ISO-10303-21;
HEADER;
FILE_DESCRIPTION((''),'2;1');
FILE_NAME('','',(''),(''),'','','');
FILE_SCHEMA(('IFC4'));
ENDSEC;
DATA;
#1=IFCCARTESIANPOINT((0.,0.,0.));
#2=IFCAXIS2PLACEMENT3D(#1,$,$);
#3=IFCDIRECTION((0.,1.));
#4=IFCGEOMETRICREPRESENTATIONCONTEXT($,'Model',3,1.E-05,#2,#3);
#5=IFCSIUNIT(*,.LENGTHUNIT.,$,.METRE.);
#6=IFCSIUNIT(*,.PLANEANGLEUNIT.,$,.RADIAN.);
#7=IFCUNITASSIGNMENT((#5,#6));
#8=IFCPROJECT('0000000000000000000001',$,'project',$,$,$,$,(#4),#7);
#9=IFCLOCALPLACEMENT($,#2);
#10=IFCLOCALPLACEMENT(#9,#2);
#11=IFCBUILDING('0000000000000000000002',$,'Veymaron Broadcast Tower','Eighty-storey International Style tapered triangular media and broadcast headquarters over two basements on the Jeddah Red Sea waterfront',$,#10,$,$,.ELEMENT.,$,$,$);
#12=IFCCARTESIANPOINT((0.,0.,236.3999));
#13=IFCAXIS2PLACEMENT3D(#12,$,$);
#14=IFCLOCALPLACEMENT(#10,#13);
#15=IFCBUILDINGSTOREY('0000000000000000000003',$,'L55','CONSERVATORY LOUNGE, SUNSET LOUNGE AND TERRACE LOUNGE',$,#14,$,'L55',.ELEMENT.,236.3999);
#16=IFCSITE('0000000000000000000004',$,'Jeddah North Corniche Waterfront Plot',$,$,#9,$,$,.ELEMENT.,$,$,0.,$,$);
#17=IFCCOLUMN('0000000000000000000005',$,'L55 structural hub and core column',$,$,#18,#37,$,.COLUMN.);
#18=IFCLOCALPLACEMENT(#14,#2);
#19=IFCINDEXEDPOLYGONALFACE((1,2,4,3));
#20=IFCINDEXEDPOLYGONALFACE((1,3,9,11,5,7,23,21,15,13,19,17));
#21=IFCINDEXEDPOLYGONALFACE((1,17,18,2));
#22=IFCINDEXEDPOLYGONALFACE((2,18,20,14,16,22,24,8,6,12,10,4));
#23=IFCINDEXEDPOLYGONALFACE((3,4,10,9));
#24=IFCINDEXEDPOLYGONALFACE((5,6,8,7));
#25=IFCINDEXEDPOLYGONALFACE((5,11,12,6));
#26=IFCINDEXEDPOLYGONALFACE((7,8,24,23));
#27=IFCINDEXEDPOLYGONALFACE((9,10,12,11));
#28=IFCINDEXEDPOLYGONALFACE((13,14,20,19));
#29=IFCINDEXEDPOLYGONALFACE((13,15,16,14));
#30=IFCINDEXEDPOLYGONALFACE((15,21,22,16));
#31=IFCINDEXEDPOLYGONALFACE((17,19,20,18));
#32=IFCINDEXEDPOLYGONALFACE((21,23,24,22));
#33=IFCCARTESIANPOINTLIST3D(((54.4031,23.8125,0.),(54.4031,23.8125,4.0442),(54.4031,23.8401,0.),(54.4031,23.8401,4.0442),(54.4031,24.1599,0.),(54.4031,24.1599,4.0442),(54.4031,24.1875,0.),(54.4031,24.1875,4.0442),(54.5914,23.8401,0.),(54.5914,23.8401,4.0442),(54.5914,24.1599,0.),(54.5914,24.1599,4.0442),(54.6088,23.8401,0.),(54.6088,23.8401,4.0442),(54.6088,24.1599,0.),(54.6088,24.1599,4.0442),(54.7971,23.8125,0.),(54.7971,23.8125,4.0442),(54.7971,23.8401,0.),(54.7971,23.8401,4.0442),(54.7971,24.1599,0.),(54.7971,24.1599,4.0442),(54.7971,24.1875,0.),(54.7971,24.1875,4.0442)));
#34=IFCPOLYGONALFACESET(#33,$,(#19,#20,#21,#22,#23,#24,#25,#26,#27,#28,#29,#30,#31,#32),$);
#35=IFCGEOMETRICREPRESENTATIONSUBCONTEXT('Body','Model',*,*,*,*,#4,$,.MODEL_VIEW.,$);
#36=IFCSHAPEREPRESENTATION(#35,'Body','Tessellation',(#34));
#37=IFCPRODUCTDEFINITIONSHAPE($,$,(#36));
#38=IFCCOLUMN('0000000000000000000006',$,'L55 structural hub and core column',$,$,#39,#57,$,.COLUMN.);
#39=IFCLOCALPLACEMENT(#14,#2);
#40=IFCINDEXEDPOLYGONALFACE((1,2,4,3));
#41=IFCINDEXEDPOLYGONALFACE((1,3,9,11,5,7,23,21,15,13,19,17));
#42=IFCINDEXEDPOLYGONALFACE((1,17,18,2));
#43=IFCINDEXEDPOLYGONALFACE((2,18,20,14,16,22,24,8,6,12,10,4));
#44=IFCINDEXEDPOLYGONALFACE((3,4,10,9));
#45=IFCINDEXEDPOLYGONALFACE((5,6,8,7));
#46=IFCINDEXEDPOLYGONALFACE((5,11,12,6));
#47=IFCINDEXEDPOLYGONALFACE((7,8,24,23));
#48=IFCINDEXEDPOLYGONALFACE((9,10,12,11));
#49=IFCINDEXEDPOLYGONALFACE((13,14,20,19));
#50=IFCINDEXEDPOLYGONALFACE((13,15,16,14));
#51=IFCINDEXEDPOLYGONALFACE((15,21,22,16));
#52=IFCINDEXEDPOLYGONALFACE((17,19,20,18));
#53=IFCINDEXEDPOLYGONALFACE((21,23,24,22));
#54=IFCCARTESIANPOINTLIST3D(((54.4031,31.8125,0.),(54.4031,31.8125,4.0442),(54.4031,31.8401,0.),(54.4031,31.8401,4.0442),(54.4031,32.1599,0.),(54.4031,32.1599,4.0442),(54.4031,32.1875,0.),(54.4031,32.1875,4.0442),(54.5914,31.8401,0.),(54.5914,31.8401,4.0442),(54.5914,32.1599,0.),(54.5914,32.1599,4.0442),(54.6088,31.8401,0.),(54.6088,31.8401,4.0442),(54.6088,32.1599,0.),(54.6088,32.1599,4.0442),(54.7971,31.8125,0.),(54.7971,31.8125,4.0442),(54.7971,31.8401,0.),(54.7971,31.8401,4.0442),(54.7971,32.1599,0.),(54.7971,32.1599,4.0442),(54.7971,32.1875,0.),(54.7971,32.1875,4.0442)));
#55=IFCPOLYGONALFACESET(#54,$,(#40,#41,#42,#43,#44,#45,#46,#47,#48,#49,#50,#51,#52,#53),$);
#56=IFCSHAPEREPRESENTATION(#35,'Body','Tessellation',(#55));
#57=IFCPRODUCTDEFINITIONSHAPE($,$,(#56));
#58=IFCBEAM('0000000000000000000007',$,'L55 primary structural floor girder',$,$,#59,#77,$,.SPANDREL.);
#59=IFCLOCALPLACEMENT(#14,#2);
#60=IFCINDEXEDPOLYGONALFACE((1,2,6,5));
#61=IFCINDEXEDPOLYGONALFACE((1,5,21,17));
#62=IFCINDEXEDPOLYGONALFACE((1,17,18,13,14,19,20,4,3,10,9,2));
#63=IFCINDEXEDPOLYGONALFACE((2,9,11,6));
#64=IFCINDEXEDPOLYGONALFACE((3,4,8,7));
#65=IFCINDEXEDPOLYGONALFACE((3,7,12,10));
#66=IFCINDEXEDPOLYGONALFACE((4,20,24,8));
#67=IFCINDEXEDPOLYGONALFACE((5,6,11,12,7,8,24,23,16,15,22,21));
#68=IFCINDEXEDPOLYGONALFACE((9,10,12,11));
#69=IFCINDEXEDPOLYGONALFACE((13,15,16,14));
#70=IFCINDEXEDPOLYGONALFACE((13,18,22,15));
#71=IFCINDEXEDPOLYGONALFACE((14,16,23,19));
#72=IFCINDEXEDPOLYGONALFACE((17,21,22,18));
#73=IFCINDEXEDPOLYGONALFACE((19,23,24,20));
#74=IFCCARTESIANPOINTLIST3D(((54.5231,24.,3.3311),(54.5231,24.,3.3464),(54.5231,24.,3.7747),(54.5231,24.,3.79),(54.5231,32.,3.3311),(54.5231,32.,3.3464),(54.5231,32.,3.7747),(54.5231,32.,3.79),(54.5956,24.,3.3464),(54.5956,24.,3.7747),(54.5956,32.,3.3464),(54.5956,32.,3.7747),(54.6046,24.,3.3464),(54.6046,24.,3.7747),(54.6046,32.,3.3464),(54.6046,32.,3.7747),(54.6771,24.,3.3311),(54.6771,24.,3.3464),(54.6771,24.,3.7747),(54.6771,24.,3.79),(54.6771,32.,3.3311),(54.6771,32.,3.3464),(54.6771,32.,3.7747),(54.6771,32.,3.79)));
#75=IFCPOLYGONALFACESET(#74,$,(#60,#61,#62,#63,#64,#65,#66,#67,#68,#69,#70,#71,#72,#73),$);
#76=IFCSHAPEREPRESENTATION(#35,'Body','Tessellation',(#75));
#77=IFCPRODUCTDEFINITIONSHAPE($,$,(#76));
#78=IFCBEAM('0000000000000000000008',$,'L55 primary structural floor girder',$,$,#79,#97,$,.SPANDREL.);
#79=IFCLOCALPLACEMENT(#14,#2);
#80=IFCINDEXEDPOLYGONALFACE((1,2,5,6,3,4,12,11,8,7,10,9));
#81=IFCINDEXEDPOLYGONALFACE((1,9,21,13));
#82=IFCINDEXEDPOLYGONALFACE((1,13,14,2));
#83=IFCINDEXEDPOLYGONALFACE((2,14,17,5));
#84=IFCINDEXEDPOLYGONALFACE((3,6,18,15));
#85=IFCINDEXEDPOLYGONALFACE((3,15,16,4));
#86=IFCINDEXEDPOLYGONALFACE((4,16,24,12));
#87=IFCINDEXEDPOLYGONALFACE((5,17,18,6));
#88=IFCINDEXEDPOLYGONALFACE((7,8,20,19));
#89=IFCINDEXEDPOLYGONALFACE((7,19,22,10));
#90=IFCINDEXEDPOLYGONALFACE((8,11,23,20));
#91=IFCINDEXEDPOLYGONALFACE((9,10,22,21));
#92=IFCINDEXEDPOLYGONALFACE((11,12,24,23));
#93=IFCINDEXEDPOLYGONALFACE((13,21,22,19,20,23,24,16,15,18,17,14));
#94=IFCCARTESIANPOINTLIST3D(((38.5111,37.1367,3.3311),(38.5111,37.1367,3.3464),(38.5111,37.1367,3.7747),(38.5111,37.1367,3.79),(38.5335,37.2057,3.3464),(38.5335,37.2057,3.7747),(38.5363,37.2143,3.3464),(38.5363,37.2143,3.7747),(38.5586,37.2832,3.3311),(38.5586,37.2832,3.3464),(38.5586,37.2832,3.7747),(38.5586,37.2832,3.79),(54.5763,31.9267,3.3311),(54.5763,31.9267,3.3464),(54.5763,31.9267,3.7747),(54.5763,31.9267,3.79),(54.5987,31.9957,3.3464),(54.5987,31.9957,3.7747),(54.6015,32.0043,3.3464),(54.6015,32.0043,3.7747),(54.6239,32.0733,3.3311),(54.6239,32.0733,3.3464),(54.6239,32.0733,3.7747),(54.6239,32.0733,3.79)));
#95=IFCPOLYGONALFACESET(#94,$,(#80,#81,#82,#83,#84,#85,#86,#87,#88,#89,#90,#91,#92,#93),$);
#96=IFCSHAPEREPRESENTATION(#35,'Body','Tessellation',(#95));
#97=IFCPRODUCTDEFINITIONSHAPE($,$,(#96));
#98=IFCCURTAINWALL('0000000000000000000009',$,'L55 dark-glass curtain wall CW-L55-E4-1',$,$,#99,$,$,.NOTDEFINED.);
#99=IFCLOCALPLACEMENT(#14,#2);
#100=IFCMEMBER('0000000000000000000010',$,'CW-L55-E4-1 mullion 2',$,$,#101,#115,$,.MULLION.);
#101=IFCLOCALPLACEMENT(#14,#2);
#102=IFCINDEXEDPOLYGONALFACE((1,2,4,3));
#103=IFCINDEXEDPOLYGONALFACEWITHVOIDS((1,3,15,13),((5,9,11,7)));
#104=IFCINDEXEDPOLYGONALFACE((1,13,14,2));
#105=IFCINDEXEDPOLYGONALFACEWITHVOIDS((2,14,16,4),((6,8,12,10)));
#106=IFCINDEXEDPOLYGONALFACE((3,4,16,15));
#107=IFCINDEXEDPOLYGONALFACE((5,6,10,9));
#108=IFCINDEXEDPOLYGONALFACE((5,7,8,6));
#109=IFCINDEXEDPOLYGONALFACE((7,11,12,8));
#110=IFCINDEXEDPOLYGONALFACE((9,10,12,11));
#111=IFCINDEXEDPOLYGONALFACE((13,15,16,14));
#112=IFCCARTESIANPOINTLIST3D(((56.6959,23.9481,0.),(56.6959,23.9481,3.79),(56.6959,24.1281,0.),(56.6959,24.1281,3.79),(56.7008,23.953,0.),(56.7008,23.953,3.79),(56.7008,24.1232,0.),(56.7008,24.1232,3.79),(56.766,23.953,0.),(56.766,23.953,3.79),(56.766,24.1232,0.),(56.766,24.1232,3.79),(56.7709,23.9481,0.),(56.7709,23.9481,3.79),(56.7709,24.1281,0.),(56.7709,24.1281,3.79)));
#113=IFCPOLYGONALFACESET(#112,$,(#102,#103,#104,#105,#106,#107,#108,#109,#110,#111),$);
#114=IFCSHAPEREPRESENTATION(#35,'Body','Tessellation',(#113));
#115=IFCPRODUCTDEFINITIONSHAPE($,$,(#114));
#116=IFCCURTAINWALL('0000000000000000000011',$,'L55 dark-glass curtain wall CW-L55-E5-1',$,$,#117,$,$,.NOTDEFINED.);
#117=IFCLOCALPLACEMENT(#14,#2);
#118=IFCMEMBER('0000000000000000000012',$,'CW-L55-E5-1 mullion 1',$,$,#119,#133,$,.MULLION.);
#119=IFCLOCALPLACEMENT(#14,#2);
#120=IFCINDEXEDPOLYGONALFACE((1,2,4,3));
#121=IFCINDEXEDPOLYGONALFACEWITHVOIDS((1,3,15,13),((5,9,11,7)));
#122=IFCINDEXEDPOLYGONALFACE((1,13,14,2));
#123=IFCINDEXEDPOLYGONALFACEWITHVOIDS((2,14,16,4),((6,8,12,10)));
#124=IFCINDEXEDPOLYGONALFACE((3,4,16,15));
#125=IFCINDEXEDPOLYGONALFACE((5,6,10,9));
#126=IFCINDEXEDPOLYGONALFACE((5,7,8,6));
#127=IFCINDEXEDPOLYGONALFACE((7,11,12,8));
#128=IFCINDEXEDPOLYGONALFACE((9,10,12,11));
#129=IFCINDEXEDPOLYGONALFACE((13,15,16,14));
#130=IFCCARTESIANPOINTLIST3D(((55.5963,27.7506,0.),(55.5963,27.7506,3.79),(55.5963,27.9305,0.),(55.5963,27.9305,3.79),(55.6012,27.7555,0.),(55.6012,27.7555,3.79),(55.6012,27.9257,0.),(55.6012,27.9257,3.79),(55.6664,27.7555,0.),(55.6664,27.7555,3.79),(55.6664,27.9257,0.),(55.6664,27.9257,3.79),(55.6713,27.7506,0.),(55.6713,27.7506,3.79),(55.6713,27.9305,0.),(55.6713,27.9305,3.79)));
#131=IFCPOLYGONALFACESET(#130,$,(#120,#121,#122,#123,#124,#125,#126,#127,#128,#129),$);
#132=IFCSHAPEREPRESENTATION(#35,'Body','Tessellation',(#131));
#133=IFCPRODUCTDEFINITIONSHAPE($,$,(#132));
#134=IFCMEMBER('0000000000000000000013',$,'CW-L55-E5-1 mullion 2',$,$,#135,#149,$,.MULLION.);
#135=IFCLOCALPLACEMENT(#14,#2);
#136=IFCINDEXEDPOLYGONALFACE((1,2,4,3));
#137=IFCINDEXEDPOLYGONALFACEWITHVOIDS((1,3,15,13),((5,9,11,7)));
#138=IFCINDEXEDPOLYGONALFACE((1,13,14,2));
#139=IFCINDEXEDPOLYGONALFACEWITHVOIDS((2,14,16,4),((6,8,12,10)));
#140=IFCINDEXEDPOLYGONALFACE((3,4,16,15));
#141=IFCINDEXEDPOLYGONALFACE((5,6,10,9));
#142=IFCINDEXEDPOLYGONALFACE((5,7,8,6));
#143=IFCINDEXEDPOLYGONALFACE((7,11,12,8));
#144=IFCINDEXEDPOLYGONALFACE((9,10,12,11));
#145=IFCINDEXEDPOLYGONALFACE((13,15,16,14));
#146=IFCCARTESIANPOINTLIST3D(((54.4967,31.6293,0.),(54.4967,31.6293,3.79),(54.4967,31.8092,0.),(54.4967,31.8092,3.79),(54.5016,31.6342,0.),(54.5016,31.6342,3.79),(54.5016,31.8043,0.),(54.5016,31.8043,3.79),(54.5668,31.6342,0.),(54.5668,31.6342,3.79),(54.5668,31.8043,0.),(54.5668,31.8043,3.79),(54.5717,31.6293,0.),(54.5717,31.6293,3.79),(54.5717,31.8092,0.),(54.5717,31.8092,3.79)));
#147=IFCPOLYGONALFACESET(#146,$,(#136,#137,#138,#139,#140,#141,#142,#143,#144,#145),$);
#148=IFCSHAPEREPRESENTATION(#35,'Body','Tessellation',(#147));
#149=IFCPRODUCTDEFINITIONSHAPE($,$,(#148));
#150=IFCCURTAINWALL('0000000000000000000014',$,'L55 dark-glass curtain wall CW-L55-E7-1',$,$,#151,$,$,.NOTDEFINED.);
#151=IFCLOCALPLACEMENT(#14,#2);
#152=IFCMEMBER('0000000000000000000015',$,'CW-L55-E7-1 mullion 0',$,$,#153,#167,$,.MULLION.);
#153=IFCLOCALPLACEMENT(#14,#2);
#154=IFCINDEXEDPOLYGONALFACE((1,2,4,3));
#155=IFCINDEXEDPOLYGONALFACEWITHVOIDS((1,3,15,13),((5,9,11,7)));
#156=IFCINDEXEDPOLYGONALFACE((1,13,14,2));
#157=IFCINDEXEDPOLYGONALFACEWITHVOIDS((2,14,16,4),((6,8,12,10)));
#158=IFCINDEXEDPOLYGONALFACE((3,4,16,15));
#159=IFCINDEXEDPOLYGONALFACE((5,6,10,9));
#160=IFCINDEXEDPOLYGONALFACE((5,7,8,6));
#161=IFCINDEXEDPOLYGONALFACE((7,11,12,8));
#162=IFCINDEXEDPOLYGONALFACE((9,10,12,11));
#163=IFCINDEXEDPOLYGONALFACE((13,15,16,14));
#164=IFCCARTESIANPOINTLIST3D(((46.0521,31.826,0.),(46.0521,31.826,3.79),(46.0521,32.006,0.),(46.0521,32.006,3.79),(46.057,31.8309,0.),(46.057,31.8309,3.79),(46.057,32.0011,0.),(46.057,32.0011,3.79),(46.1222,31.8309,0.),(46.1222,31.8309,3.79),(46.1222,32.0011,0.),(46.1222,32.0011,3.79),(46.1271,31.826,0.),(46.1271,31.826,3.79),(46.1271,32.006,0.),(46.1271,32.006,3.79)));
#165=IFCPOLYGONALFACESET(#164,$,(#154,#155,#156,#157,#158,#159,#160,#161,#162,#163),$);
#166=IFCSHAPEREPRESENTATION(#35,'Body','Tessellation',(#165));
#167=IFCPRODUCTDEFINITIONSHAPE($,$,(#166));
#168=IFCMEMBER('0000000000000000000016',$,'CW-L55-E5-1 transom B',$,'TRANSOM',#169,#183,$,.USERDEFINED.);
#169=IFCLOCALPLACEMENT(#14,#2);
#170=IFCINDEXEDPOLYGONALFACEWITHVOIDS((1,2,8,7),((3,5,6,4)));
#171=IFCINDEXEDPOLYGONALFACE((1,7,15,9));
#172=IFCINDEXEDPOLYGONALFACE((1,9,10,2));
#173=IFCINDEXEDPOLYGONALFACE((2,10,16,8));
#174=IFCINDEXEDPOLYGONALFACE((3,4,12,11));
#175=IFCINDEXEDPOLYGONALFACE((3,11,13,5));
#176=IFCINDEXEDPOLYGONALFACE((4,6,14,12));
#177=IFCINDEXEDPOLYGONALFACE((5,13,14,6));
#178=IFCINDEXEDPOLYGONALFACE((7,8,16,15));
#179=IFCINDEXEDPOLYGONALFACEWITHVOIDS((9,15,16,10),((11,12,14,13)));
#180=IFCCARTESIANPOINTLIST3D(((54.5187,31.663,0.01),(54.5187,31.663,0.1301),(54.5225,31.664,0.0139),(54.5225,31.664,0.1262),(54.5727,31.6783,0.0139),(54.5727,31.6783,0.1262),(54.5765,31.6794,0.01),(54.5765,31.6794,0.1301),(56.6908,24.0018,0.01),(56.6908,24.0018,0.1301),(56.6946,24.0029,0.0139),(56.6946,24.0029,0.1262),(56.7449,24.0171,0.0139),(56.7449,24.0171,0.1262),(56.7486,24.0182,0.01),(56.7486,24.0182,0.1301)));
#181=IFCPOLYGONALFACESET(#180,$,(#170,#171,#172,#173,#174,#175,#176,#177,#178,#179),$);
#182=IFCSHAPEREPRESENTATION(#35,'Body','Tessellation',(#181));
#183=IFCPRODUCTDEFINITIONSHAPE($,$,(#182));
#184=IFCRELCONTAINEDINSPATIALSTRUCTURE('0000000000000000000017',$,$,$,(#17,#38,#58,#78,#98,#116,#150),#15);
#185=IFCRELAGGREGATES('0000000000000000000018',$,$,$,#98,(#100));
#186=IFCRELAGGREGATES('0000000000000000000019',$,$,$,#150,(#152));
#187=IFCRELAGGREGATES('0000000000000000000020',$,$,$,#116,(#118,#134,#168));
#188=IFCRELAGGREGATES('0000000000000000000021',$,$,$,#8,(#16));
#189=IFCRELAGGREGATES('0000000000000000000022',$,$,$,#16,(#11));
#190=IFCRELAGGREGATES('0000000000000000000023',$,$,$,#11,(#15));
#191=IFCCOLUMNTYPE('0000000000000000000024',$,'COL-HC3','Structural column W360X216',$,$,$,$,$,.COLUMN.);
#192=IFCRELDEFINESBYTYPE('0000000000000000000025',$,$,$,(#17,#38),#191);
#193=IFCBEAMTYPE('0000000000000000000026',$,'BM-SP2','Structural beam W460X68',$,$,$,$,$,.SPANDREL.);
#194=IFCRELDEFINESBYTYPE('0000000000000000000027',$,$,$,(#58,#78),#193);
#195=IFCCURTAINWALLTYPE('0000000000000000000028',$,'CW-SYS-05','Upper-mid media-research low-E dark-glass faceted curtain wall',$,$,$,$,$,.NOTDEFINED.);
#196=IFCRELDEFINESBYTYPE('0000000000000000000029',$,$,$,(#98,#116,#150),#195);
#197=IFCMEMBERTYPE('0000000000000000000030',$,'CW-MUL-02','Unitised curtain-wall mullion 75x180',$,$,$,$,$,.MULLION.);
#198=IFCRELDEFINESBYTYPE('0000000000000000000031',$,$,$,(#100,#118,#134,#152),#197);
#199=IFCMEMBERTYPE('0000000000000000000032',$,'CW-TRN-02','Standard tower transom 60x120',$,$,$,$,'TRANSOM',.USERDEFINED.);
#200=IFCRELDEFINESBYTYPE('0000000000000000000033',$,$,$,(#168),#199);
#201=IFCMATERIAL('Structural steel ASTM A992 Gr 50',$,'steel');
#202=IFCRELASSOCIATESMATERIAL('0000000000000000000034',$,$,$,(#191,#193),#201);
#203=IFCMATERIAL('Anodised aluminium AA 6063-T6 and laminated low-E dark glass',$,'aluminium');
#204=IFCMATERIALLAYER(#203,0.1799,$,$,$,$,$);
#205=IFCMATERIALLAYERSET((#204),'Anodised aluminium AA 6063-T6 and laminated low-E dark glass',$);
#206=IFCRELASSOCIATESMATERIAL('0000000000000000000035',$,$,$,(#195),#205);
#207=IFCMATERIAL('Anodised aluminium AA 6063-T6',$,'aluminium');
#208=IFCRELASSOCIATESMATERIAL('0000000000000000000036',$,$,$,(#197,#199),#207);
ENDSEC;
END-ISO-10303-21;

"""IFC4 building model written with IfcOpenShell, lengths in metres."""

from ifc_helpers import new_model, si_unit, direction, frame, origin, origin_2d, place, context, subcontext, project, spatial, hollow_rectangle, i_section, extrude, material, layer, layer_set, material_profile, profile_set, type_object, element, aggregate, save


model = new_model("IFC4")

# Units and contexts
model_context = context("Model", 3, precision=1e-05, world=origin(), true_north=direction((0.0, 1.0)))
body_context = subcontext(model_context, "Body", "Model", "MODEL_VIEW")
ifc_project = project(units=[si_unit("LENGTHUNIT", "METRE"), si_unit("PLANEANGLEUNIT", "RADIAN")], contexts=[model_context])

# Site, building, storey
site_placement = place(None, origin())
site = spatial("IfcSite", under=ifc_project, at=site_placement, Name="Jeddah North Corniche Waterfront Plot", CompositionType="ELEMENT", RefElevation=0.0)
building_placement = place(site_placement, origin())
building = spatial("IfcBuilding", under=site, at=building_placement, Name="Veymaron Broadcast Tower", Description="Eighty-storey International Style tapered triangular media and broadcast headquarters over two basements on the Jeddah Red Sea waterfront", CompositionType="ELEMENT")
storey_placement = place(building_placement, frame((0.0, 0.0, 236.3999)))
storey = spatial("IfcBuildingStorey", under=building, at=storey_placement, Name="L55", Description="CONSERVATORY LOUNGE, SUNSET LOUNGE AND TERRACE LOUNGE", LongName="L55", CompositionType="ELEMENT", Elevation=236.3999)

# Columns
ifc_material_1 = material(Name="Structural steel ASTM A992 Gr 50", Category="steel")
ifc_material_profile_1 = material_profile(ifc_material_1, i_section(OverallWidth=0.394, OverallDepth=0.375, WebThickness=0.0173, FlangeThickness=0.0276, at=origin_2d()), Name="W360X216")
ifc_profile_set_1 = profile_set([ifc_material_profile_1], Name="Structural steel ASTM A992 Gr 50")
column_type = type_object("IfcColumnType", Name="COL-HC3", Description="Structural column W360X216", PredefinedType="COLUMN", material=ifc_profile_set_1)
for number, where, z_axis, x_axis, name in (
    (1, (54.6001, 24.0, 0.0), (0.0, 0.0, 1.0), (1.0, 0.0, 0.0), "L55 structural hub and core column"),
    (2, (54.6001, 32.0, 0.0), (0.0, 0.0, 1.0), (1.0, 0.0, 0.0), "L55 structural hub and core column"),
):
    element("IfcColumn", number, at=place(storey_placement, frame(where, z_axis=z_axis, x_axis=x_axis)), inside=storey, type_object=column_type, Name=name, PredefinedType="COLUMN", context=body_context, shape_type="SweptSolid", body=[
        extrude(i_section(OverallWidth=0.394, OverallDepth=0.375, WebThickness=0.0173, FlangeThickness=0.0276, at=origin_2d()), origin(), (0.0, 0.0, 1.0), 4.0442),
    ])

# Beams
ifc_material_profile_2 = material_profile(ifc_material_1, i_section(OverallWidth=0.1541, OverallDepth=0.459, WebThickness=0.009, FlangeThickness=0.0154, at=origin_2d()), Name="W460X68")
ifc_profile_set_2 = profile_set([ifc_material_profile_2], Name="Structural steel ASTM A992 Gr 50")
beam_type = type_object("IfcBeamType", Name="BM-SP2", Description="Structural beam W460X68", PredefinedType="SPANDREL", material=ifc_profile_set_2)
beam_1_placement = place(storey_placement, frame((54.6001, 24.0, 3.5605), z_axis=(0.0, 1.0, 0.0), x_axis=(-1.0, 0.0, 0.0)))
element("IfcBeam", 3, at=beam_1_placement, inside=storey, type_object=beam_type, Name="L55 primary structural floor girder", PredefinedType="SPANDREL", context=body_context, shape_type="SweptSolid", body=[
    extrude(i_section(OverallWidth=0.1541, OverallDepth=0.459, WebThickness=0.009, FlangeThickness=0.0154, at=origin_2d()), origin(), (0.0, 0.0, 1.0), 8.0),
])
beam_2_placement = place(storey_placement, frame((54.6001, 32.0, 3.5605), z_axis=(-0.951229, 0.308485, 0.0), x_axis=(-0.308485, -0.951229, 0.0)))
element("IfcBeam", 4, at=beam_2_placement, inside=storey, type_object=beam_type, Name="L55 primary structural floor girder", PredefinedType="SPANDREL", context=body_context, shape_type="SweptSolid", body=[
    extrude(i_section(OverallWidth=0.1541, OverallDepth=0.459, WebThickness=0.009, FlangeThickness=0.0154, at=origin_2d()), origin(), (0.0, 0.0, 1.0), 16.8889),
])

# Curtain wall, member
ifc_material_2 = material(Name="Anodised aluminium AA 6063-T6 and laminated low-E dark glass", Category="aluminium")
ifc_layer_1 = layer(ifc_material_2, 0.1799)
ifc_layer_set_1 = layer_set([ifc_layer_1], Name="Anodised aluminium AA 6063-T6 and laminated low-E dark glass")
curtain_wall_type = type_object("IfcCurtainWallType", Name="CW-SYS-05", Description="Upper-mid media-research low-E dark-glass faceted curtain wall", PredefinedType="NOTDEFINED", material=ifc_layer_set_1)
curtain_wall_1_placement = place(storey_placement, origin())
curtain_wall_1 = element("IfcCurtainWall", 5, at=curtain_wall_1_placement, inside=storey, type_object=curtain_wall_type, Name="L55 dark-glass curtain wall CW-L55-E4-1", PredefinedType="NOTDEFINED")
ifc_material_3 = material(Name="Anodised aluminium AA 6063-T6", Category="aluminium")
ifc_material_profile_3 = material_profile(ifc_material_3, hollow_rectangle(XDim=0.075, YDim=0.1799, WallThickness=0.0049, at=origin_2d()), Name="AL180X75X5")
ifc_profile_set_3 = profile_set([ifc_material_profile_3], Name="Anodised aluminium AA 6063-T6")
member_type_1 = type_object("IfcMemberType", Name="CW-MUL-02", Description="Unitised curtain-wall mullion 75x180", PredefinedType="MULLION", material=ifc_profile_set_3)
member_1_placement = place(storey_placement, frame((56.7334, 24.0381, 0.0), z_axis=(0.0, 0.0, 1.0), x_axis=(1.0, 0.0, 0.0)))
member_1 = element("IfcMember", 6, at=member_1_placement, type_object=member_type_1, Name="CW-L55-E4-1 mullion 2", PredefinedType="MULLION", context=body_context, shape_type="SweptSolid", body=[
    extrude(hollow_rectangle(XDim=0.075, YDim=0.1799, WallThickness=0.0049, at=origin_2d()), origin(), (0.0, 0.0, 1.0), 3.79),
])
aggregate(curtain_wall_1, [member_1])

# Curtain wall, members
curtain_wall_2_placement = place(storey_placement, origin())
curtain_wall_2 = element("IfcCurtainWall", 7, at=curtain_wall_2_placement, inside=storey, type_object=curtain_wall_type, Name="L55 dark-glass curtain wall CW-L55-E5-1", PredefinedType="NOTDEFINED")
member_2_placement = place(storey_placement, frame((55.6338, 27.8406, 0.0), z_axis=(0.0, 0.0, 1.0), x_axis=(1.0, 0.0, 0.0)))
member_2 = element("IfcMember", 8, at=member_2_placement, type_object=member_type_1, Name="CW-L55-E5-1 mullion 1", PredefinedType="MULLION", context=body_context, shape_type="SweptSolid", body=[
    extrude(hollow_rectangle(XDim=0.075, YDim=0.1799, WallThickness=0.0049, at=origin_2d()), origin(), (0.0, 0.0, 1.0), 3.79),
])
member_3_placement = place(storey_placement, frame((54.5342, 31.7192, 0.0), z_axis=(0.0, 0.0, 1.0), x_axis=(1.0, 0.0, 0.0)))
member_3 = element("IfcMember", 9, at=member_3_placement, type_object=member_type_1, Name="CW-L55-E5-1 mullion 2", PredefinedType="MULLION", context=body_context, shape_type="SweptSolid", body=[
    extrude(hollow_rectangle(XDim=0.075, YDim=0.1799, WallThickness=0.0049, at=origin_2d()), origin(), (0.0, 0.0, 1.0), 3.79),
])

# Curtain wall, member
curtain_wall_3_placement = place(storey_placement, origin())
curtain_wall_3 = element("IfcCurtainWall", 10, at=curtain_wall_3_placement, inside=storey, type_object=curtain_wall_type, Name="L55 dark-glass curtain wall CW-L55-E7-1", PredefinedType="NOTDEFINED")
member_4_placement = place(storey_placement, frame((46.0896, 31.916, 0.0), z_axis=(0.0, 0.0, 1.0), x_axis=(1.0, 0.0, 0.0)))
member_4 = element("IfcMember", 11, at=member_4_placement, type_object=member_type_1, Name="CW-L55-E7-1 mullion 0", PredefinedType="MULLION", context=body_context, shape_type="SweptSolid", body=[
    extrude(hollow_rectangle(XDim=0.075, YDim=0.1799, WallThickness=0.0049, at=origin_2d()), origin(), (0.0, 0.0, 1.0), 3.79),
])

# Member
ifc_material_profile_4 = material_profile(ifc_material_3, hollow_rectangle(XDim=0.0601, YDim=0.1201, WallThickness=0.0039, at=origin_2d()), Name="AL120X60X4")
ifc_profile_set_4 = profile_set([ifc_material_profile_4], Name="Anodised aluminium AA 6063-T6")
member_type_2 = type_object("IfcMemberType", Name="CW-TRN-02", Description="Standard tower transom 60x120", ElementType="TRANSOM", PredefinedType="USERDEFINED", material=ifc_profile_set_4)
member_5_placement = place(storey_placement, frame((56.7197, 24.01, 0.0701), z_axis=(-0.272773, 0.962078, 0.0), x_axis=(-0.962078, -0.272773, 0.0)))
member_5 = element("IfcMember", 12, at=member_5_placement, type_object=member_type_2, Name="CW-L55-E5-1 transom B", ObjectType="TRANSOM", PredefinedType="USERDEFINED", context=body_context, shape_type="SweptSolid", body=[
    extrude(hollow_rectangle(XDim=0.0601, YDim=0.1201, WallThickness=0.0039, at=origin_2d()), origin(), (0.0, 0.0, 1.0), 7.9631),
])
aggregate(curtain_wall_3, [member_4])

aggregate(curtain_wall_2, [member_2, member_3, member_5])

save(model, "model.ifc")
